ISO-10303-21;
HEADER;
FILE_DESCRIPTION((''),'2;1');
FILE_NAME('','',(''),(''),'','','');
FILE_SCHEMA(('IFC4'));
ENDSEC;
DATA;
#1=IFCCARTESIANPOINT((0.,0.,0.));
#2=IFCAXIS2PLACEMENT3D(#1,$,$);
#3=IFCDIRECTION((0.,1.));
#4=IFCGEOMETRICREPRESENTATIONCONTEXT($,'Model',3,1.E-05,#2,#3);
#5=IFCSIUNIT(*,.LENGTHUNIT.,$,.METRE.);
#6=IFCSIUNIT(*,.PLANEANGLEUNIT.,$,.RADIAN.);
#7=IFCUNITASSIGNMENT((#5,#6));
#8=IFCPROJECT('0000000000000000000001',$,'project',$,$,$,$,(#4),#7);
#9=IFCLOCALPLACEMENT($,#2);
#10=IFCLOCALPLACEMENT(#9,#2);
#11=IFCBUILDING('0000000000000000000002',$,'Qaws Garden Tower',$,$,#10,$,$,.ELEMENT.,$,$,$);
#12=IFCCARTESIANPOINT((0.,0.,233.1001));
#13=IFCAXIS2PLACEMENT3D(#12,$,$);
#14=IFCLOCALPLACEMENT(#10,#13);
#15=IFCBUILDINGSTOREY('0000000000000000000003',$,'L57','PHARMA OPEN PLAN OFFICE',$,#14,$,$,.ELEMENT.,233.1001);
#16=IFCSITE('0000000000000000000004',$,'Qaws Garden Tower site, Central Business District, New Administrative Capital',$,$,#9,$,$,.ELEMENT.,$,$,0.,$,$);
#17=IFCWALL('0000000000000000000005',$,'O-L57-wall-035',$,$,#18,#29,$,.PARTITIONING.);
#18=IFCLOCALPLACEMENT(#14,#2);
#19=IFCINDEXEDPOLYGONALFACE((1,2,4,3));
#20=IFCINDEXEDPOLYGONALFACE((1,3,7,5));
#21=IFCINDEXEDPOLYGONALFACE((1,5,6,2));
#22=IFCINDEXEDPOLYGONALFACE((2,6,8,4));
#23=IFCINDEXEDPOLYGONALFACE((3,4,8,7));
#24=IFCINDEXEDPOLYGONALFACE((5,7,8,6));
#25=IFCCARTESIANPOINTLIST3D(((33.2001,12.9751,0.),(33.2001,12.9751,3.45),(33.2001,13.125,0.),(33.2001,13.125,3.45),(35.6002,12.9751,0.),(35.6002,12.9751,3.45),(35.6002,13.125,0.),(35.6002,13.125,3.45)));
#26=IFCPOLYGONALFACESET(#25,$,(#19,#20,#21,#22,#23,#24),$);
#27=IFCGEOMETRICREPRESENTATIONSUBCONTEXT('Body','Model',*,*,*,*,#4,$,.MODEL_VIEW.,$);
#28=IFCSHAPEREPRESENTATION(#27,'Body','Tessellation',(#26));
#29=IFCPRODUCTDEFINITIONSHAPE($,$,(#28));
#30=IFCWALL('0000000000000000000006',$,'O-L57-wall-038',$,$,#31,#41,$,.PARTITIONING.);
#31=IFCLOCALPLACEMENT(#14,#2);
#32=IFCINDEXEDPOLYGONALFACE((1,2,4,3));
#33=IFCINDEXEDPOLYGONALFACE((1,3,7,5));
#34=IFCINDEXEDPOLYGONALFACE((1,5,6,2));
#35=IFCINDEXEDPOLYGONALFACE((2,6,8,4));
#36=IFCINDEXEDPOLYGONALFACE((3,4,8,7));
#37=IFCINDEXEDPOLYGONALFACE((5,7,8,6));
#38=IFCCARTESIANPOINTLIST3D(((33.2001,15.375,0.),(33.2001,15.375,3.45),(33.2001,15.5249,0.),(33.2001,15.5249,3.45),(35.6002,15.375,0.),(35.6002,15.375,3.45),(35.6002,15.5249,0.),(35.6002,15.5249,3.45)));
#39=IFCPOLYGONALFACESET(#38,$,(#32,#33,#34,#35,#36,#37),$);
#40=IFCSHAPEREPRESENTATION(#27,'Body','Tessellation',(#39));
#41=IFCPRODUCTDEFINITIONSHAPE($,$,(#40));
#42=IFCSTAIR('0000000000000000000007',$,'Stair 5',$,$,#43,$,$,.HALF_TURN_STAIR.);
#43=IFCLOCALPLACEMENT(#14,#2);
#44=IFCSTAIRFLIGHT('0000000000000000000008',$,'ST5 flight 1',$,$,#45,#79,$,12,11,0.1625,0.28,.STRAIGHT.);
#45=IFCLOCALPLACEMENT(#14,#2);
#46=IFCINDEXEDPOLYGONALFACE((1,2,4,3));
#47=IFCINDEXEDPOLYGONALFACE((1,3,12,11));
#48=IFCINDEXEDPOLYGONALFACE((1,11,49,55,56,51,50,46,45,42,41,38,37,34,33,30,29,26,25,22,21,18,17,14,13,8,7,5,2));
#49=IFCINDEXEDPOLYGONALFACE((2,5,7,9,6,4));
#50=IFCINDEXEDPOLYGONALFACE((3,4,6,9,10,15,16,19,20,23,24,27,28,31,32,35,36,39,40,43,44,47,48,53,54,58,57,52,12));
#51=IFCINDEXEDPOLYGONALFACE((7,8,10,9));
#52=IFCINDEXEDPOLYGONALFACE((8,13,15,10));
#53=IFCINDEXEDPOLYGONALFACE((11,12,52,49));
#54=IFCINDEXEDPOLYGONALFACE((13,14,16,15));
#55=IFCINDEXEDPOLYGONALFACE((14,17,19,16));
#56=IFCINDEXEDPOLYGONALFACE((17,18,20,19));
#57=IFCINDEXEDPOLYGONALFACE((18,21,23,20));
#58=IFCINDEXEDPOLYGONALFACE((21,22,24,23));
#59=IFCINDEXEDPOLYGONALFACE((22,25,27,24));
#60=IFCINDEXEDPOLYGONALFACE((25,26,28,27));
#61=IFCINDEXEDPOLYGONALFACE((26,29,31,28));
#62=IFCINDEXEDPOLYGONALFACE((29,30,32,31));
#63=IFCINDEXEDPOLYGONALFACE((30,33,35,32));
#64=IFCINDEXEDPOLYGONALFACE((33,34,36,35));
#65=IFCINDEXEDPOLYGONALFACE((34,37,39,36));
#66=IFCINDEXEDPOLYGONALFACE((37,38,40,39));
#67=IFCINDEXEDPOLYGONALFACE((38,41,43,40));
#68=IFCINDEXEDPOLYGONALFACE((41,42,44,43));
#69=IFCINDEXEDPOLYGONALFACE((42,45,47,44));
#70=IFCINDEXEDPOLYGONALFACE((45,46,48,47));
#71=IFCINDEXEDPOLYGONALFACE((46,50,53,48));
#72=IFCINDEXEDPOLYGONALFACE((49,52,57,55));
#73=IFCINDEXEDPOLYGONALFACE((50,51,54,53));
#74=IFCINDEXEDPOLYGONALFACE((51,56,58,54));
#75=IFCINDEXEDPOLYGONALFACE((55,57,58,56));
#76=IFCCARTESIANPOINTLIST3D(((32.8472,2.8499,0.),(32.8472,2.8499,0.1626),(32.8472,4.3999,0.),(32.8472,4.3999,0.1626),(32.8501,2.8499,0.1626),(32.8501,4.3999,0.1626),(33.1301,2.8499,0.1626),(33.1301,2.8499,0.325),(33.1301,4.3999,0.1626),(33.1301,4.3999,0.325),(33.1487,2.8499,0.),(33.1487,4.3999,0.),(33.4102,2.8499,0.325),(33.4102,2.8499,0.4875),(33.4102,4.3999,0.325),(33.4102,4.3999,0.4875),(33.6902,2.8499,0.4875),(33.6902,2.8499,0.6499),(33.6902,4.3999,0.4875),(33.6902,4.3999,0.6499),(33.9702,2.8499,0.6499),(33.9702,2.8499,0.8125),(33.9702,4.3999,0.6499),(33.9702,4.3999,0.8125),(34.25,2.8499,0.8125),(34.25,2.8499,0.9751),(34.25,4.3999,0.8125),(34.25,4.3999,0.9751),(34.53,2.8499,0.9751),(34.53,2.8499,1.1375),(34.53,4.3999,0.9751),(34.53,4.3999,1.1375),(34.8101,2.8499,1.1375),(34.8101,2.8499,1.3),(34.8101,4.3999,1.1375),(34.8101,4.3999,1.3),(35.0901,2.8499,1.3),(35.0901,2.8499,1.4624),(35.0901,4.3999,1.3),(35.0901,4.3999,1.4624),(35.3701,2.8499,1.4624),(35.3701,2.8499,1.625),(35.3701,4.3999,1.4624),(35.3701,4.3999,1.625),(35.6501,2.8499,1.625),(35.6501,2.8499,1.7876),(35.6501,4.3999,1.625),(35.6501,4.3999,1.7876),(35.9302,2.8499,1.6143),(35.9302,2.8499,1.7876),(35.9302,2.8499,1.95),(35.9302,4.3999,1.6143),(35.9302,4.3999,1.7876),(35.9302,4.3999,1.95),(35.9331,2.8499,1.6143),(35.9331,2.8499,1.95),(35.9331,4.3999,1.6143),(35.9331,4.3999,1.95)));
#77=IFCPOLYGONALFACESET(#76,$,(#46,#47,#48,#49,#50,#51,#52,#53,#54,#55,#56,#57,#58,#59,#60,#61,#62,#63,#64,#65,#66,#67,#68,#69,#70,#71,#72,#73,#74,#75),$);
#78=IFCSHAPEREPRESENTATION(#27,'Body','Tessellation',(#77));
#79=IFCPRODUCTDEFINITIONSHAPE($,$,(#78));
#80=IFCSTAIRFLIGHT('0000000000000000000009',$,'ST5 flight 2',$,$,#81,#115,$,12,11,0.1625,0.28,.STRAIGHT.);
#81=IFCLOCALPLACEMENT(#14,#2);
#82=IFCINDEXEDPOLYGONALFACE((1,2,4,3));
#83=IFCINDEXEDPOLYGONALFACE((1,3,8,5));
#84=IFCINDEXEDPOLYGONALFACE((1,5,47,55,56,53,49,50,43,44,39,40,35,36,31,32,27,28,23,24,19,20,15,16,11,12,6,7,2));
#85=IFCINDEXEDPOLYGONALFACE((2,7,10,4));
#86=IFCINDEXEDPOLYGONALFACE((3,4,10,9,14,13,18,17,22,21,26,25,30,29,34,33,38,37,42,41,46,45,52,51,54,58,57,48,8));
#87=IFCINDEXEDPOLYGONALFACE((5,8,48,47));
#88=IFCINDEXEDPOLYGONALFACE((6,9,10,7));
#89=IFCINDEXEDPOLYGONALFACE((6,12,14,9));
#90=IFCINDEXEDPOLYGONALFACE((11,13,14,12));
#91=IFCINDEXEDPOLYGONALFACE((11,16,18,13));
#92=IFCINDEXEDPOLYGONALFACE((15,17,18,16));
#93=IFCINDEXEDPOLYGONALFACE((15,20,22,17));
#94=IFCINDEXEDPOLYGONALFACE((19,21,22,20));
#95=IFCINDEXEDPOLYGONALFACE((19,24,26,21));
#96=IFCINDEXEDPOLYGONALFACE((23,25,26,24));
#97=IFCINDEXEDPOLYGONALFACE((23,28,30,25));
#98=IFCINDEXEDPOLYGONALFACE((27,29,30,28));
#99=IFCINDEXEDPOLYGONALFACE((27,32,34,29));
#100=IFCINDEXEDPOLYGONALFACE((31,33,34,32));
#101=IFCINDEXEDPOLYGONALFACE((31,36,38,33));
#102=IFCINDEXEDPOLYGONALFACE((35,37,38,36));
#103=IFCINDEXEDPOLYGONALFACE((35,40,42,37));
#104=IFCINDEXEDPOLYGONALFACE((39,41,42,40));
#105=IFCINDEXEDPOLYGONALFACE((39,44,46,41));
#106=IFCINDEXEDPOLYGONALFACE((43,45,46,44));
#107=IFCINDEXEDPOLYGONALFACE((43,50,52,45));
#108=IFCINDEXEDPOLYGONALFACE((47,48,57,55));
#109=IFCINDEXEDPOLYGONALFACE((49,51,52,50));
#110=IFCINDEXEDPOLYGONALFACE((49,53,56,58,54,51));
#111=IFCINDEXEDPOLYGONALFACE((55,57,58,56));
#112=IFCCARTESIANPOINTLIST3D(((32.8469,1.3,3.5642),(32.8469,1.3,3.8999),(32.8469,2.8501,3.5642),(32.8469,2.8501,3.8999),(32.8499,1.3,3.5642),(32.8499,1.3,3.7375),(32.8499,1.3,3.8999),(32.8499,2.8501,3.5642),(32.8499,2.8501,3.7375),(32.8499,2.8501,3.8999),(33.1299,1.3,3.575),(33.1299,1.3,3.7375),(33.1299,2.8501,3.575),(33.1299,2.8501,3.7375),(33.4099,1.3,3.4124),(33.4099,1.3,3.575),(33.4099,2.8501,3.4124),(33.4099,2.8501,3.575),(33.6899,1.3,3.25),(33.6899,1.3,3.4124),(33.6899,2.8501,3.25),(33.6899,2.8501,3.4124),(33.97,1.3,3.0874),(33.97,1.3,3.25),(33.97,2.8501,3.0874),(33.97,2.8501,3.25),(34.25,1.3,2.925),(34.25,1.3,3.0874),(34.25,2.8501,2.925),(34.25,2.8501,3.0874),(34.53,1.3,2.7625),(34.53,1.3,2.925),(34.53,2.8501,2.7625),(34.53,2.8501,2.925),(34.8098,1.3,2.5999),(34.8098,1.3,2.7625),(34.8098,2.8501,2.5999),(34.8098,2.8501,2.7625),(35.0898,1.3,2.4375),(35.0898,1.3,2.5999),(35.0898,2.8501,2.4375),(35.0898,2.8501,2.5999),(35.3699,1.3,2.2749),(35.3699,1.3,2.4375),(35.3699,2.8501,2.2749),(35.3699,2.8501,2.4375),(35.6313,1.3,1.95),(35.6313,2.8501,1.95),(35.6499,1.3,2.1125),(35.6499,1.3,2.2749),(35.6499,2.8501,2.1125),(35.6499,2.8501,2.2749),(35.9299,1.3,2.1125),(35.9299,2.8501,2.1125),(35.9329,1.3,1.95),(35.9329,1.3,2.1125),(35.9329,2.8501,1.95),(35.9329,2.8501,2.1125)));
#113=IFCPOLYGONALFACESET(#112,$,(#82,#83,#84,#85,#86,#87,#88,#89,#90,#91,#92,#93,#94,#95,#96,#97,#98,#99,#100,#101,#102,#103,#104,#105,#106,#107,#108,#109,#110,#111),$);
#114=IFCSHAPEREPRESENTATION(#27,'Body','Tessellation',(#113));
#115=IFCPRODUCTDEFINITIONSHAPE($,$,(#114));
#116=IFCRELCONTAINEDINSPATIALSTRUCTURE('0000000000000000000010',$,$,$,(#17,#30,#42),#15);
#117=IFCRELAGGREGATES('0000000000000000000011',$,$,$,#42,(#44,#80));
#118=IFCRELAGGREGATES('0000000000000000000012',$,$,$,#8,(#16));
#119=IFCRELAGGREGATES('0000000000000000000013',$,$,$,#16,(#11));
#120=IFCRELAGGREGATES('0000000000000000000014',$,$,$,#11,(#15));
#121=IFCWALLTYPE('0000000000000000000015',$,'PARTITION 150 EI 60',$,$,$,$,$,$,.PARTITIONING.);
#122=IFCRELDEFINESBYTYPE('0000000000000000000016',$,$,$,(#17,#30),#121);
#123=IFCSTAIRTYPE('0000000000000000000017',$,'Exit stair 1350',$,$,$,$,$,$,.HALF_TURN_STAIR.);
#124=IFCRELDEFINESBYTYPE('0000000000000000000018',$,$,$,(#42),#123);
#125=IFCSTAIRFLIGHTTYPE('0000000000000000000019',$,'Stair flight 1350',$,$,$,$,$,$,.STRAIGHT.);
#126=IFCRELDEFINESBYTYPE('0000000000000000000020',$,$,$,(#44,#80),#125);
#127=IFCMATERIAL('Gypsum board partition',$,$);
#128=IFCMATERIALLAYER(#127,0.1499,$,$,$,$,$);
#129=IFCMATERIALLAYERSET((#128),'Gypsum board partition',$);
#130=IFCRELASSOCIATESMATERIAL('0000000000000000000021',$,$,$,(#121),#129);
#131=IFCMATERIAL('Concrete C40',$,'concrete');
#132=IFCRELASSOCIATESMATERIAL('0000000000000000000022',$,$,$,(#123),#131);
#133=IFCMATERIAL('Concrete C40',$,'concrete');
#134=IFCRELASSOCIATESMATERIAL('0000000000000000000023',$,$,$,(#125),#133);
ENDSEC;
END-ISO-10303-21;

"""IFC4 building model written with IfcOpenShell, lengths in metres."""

from ifc_helpers import new_model, si_unit, direction, frame, frame_2d, origin, place, context, subcontext, project, spatial, polyline, rectangle, outline, extrude, material, layer, layer_set, type_object, element, aggregate, save


model = new_model("IFC4")

# Units and contexts
model_context = context("Model", 3, precision=1e-05, world=origin(), true_north=direction((0.0, 1.0)))
body_context = subcontext(model_context, "Body", "Model", "MODEL_VIEW")
ifc_project = project(units=[si_unit("LENGTHUNIT", "METRE"), si_unit("PLANEANGLEUNIT", "RADIAN")], contexts=[model_context])

# Site, building, storey
site_placement = place(None, origin())
site = spatial("IfcSite", under=ifc_project, at=site_placement, Name="Qaws Garden Tower site, Central Business District, New Administrative Capital", CompositionType="ELEMENT", RefElevation=0.0)
building_placement = place(site_placement, origin())
building = spatial("IfcBuilding", under=site, at=building_placement, Name="Qaws Garden Tower", CompositionType="ELEMENT")
storey_placement = place(building_placement, frame((0.0, 0.0, 233.1001)))
storey = spatial("IfcBuildingStorey", under=building, at=storey_placement, Name="L57", Description="PHARMA OPEN PLAN OFFICE", CompositionType="ELEMENT", Elevation=233.1001)

# Shared definitions
ifc_material_1 = material(Name="Gypsum board partition")
ifc_layer_1 = layer(ifc_material_1, 0.1499)
ifc_layer_set_1 = layer_set([ifc_layer_1], Name="Gypsum board partition")
wall_type_1 = type_object("IfcWallType", Name="PARTITION 150 EI 60", PredefinedType="PARTITIONING", material=ifc_layer_set_1)

# Walls
for number, where, z_axis, x_axis, name in (
    (1, (33.2, 13.05, 0.0), (0.0, 0.0, 1.0), (1.0, 0.0, 0.0), "O-L57-wall-035"),
    (2, (33.2, 15.45, 0.0), (0.0, 0.0, 1.0), (1.0, 0.0, 0.0), "O-L57-wall-038"),
):
    element("IfcWall", number, at=place(storey_placement, frame(where, z_axis=z_axis, x_axis=x_axis)), inside=storey, type_object=wall_type_1, Name=name, PredefinedType="PARTITIONING", context=body_context, shape_type="SweptSolid", body=[
        extrude(rectangle(XDim=2.4001, YDim=0.1499, at=frame_2d((1.2002, 0.0))), origin(), (0.0, 0.0, 1.0), 3.45),
    ])

# Stair, stair flights
ifc_material_2 = material(Name="Concrete C40", Category="concrete")
stair_type = type_object("IfcStairType", Name="Exit stair 1350", PredefinedType="HALF_TURN_STAIR", material=ifc_material_2)
stair_placement = place(storey_placement, origin())
stair = element("IfcStair", 3, at=stair_placement, inside=storey, type_object=stair_type, Name="Stair 5", PredefinedType="HALF_TURN_STAIR")
ifc_material_3 = material(Name="Concrete C40", Category="concrete")
stair_flight_type = type_object("IfcStairFlightType", Name="Stair flight 1350", PredefinedType="STRAIGHT", material=ifc_material_3)
stair_flight_1_placement = place(storey_placement, frame((32.8501, 3.625, 0.0), z_axis=(0.0, 0.0, 1.0), x_axis=(1.0, 0.0, 0.0)))
stair_flight_1 = element("IfcStairFlight", 4, at=stair_flight_1_placement, type_object=stair_flight_type, Name="ST5 flight 1", NumberOfRisers=12, NumberOfTreads=11, PredefinedType="STRAIGHT", RiserHeight=0.1625, TreadLength=0.28, context=body_context, shape_type="SweptSolid", body=[
    extrude(outline(polyline([(-0.0029, 0.0), (-0.0029, 0.1626), (0.0, 0.1626), (0.28, 0.1626), (0.28, 0.325), (0.5601, 0.325), (0.5601, 0.4875), (0.8401, 0.4875), (0.8401, 0.6499), (1.1201, 0.6499), (1.1201, 0.8125), (1.3999, 0.8125), (1.3999, 0.9751), (1.6799, 0.9751), (1.6799, 1.1375), (1.96, 1.1375), (1.96, 1.3), (2.24, 1.3), (2.24, 1.4624), (2.52, 1.4624), (2.52, 1.625), (2.8, 1.625), (2.8, 1.7876), (3.0801, 1.7876), (3.0801, 1.95), (3.083, 1.95), (3.083, 1.6143), (3.0801, 1.6143), (0.2986, 0.0), (-0.0029, 0.0)])), frame((0.0, 0.7749, 0.0), z_axis=(0.0, -1.0, 0.0), x_axis=(1.0, 0.0, 0.0)), (0.0, 0.0, 1.0), 1.55),
])
stair_flight_2_placement = place(storey_placement, frame((35.9299, 2.075, 1.95), z_axis=(0.0, 0.0, 1.0), x_axis=(-1.0, 0.0, 0.0)))
stair_flight_2 = element("IfcStairFlight", 5, at=stair_flight_2_placement, type_object=stair_flight_type, Name="ST5 flight 2", NumberOfRisers=12, NumberOfTreads=11, PredefinedType="STRAIGHT", RiserHeight=0.1625, TreadLength=0.28, context=body_context, shape_type="SweptSolid", body=[
    extrude(outline(polyline([(-0.0029, 0.0), (-0.0029, 0.1626), (0.0, 0.1626), (0.28, 0.1626), (0.28, 0.325), (0.5601, 0.325), (0.5601, 0.4875), (0.8401, 0.4875), (0.8401, 0.6499), (1.1201, 0.6499), (1.1201, 0.8125), (1.3999, 0.8125), (1.3999, 0.9751), (1.6799, 0.9751), (1.6799, 1.1375), (1.96, 1.1375), (1.96, 1.3), (2.24, 1.3), (2.24, 1.4624), (2.52, 1.4624), (2.52, 1.625), (2.8, 1.625), (2.8, 1.7876), (3.0801, 1.7876), (3.0801, 1.95), (3.083, 1.95), (3.083, 1.6143), (3.0801, 1.6143), (0.2986, 0.0), (-0.0029, 0.0)])), frame((0.0, 0.7749, 0.0), z_axis=(0.0, -1.0, 0.0), x_axis=(1.0, 0.0, 0.0)), (0.0, 0.0, 1.0), 1.55),
])
aggregate(stair, [stair_flight_1, stair_flight_2])

save(model, "model.ifc")
